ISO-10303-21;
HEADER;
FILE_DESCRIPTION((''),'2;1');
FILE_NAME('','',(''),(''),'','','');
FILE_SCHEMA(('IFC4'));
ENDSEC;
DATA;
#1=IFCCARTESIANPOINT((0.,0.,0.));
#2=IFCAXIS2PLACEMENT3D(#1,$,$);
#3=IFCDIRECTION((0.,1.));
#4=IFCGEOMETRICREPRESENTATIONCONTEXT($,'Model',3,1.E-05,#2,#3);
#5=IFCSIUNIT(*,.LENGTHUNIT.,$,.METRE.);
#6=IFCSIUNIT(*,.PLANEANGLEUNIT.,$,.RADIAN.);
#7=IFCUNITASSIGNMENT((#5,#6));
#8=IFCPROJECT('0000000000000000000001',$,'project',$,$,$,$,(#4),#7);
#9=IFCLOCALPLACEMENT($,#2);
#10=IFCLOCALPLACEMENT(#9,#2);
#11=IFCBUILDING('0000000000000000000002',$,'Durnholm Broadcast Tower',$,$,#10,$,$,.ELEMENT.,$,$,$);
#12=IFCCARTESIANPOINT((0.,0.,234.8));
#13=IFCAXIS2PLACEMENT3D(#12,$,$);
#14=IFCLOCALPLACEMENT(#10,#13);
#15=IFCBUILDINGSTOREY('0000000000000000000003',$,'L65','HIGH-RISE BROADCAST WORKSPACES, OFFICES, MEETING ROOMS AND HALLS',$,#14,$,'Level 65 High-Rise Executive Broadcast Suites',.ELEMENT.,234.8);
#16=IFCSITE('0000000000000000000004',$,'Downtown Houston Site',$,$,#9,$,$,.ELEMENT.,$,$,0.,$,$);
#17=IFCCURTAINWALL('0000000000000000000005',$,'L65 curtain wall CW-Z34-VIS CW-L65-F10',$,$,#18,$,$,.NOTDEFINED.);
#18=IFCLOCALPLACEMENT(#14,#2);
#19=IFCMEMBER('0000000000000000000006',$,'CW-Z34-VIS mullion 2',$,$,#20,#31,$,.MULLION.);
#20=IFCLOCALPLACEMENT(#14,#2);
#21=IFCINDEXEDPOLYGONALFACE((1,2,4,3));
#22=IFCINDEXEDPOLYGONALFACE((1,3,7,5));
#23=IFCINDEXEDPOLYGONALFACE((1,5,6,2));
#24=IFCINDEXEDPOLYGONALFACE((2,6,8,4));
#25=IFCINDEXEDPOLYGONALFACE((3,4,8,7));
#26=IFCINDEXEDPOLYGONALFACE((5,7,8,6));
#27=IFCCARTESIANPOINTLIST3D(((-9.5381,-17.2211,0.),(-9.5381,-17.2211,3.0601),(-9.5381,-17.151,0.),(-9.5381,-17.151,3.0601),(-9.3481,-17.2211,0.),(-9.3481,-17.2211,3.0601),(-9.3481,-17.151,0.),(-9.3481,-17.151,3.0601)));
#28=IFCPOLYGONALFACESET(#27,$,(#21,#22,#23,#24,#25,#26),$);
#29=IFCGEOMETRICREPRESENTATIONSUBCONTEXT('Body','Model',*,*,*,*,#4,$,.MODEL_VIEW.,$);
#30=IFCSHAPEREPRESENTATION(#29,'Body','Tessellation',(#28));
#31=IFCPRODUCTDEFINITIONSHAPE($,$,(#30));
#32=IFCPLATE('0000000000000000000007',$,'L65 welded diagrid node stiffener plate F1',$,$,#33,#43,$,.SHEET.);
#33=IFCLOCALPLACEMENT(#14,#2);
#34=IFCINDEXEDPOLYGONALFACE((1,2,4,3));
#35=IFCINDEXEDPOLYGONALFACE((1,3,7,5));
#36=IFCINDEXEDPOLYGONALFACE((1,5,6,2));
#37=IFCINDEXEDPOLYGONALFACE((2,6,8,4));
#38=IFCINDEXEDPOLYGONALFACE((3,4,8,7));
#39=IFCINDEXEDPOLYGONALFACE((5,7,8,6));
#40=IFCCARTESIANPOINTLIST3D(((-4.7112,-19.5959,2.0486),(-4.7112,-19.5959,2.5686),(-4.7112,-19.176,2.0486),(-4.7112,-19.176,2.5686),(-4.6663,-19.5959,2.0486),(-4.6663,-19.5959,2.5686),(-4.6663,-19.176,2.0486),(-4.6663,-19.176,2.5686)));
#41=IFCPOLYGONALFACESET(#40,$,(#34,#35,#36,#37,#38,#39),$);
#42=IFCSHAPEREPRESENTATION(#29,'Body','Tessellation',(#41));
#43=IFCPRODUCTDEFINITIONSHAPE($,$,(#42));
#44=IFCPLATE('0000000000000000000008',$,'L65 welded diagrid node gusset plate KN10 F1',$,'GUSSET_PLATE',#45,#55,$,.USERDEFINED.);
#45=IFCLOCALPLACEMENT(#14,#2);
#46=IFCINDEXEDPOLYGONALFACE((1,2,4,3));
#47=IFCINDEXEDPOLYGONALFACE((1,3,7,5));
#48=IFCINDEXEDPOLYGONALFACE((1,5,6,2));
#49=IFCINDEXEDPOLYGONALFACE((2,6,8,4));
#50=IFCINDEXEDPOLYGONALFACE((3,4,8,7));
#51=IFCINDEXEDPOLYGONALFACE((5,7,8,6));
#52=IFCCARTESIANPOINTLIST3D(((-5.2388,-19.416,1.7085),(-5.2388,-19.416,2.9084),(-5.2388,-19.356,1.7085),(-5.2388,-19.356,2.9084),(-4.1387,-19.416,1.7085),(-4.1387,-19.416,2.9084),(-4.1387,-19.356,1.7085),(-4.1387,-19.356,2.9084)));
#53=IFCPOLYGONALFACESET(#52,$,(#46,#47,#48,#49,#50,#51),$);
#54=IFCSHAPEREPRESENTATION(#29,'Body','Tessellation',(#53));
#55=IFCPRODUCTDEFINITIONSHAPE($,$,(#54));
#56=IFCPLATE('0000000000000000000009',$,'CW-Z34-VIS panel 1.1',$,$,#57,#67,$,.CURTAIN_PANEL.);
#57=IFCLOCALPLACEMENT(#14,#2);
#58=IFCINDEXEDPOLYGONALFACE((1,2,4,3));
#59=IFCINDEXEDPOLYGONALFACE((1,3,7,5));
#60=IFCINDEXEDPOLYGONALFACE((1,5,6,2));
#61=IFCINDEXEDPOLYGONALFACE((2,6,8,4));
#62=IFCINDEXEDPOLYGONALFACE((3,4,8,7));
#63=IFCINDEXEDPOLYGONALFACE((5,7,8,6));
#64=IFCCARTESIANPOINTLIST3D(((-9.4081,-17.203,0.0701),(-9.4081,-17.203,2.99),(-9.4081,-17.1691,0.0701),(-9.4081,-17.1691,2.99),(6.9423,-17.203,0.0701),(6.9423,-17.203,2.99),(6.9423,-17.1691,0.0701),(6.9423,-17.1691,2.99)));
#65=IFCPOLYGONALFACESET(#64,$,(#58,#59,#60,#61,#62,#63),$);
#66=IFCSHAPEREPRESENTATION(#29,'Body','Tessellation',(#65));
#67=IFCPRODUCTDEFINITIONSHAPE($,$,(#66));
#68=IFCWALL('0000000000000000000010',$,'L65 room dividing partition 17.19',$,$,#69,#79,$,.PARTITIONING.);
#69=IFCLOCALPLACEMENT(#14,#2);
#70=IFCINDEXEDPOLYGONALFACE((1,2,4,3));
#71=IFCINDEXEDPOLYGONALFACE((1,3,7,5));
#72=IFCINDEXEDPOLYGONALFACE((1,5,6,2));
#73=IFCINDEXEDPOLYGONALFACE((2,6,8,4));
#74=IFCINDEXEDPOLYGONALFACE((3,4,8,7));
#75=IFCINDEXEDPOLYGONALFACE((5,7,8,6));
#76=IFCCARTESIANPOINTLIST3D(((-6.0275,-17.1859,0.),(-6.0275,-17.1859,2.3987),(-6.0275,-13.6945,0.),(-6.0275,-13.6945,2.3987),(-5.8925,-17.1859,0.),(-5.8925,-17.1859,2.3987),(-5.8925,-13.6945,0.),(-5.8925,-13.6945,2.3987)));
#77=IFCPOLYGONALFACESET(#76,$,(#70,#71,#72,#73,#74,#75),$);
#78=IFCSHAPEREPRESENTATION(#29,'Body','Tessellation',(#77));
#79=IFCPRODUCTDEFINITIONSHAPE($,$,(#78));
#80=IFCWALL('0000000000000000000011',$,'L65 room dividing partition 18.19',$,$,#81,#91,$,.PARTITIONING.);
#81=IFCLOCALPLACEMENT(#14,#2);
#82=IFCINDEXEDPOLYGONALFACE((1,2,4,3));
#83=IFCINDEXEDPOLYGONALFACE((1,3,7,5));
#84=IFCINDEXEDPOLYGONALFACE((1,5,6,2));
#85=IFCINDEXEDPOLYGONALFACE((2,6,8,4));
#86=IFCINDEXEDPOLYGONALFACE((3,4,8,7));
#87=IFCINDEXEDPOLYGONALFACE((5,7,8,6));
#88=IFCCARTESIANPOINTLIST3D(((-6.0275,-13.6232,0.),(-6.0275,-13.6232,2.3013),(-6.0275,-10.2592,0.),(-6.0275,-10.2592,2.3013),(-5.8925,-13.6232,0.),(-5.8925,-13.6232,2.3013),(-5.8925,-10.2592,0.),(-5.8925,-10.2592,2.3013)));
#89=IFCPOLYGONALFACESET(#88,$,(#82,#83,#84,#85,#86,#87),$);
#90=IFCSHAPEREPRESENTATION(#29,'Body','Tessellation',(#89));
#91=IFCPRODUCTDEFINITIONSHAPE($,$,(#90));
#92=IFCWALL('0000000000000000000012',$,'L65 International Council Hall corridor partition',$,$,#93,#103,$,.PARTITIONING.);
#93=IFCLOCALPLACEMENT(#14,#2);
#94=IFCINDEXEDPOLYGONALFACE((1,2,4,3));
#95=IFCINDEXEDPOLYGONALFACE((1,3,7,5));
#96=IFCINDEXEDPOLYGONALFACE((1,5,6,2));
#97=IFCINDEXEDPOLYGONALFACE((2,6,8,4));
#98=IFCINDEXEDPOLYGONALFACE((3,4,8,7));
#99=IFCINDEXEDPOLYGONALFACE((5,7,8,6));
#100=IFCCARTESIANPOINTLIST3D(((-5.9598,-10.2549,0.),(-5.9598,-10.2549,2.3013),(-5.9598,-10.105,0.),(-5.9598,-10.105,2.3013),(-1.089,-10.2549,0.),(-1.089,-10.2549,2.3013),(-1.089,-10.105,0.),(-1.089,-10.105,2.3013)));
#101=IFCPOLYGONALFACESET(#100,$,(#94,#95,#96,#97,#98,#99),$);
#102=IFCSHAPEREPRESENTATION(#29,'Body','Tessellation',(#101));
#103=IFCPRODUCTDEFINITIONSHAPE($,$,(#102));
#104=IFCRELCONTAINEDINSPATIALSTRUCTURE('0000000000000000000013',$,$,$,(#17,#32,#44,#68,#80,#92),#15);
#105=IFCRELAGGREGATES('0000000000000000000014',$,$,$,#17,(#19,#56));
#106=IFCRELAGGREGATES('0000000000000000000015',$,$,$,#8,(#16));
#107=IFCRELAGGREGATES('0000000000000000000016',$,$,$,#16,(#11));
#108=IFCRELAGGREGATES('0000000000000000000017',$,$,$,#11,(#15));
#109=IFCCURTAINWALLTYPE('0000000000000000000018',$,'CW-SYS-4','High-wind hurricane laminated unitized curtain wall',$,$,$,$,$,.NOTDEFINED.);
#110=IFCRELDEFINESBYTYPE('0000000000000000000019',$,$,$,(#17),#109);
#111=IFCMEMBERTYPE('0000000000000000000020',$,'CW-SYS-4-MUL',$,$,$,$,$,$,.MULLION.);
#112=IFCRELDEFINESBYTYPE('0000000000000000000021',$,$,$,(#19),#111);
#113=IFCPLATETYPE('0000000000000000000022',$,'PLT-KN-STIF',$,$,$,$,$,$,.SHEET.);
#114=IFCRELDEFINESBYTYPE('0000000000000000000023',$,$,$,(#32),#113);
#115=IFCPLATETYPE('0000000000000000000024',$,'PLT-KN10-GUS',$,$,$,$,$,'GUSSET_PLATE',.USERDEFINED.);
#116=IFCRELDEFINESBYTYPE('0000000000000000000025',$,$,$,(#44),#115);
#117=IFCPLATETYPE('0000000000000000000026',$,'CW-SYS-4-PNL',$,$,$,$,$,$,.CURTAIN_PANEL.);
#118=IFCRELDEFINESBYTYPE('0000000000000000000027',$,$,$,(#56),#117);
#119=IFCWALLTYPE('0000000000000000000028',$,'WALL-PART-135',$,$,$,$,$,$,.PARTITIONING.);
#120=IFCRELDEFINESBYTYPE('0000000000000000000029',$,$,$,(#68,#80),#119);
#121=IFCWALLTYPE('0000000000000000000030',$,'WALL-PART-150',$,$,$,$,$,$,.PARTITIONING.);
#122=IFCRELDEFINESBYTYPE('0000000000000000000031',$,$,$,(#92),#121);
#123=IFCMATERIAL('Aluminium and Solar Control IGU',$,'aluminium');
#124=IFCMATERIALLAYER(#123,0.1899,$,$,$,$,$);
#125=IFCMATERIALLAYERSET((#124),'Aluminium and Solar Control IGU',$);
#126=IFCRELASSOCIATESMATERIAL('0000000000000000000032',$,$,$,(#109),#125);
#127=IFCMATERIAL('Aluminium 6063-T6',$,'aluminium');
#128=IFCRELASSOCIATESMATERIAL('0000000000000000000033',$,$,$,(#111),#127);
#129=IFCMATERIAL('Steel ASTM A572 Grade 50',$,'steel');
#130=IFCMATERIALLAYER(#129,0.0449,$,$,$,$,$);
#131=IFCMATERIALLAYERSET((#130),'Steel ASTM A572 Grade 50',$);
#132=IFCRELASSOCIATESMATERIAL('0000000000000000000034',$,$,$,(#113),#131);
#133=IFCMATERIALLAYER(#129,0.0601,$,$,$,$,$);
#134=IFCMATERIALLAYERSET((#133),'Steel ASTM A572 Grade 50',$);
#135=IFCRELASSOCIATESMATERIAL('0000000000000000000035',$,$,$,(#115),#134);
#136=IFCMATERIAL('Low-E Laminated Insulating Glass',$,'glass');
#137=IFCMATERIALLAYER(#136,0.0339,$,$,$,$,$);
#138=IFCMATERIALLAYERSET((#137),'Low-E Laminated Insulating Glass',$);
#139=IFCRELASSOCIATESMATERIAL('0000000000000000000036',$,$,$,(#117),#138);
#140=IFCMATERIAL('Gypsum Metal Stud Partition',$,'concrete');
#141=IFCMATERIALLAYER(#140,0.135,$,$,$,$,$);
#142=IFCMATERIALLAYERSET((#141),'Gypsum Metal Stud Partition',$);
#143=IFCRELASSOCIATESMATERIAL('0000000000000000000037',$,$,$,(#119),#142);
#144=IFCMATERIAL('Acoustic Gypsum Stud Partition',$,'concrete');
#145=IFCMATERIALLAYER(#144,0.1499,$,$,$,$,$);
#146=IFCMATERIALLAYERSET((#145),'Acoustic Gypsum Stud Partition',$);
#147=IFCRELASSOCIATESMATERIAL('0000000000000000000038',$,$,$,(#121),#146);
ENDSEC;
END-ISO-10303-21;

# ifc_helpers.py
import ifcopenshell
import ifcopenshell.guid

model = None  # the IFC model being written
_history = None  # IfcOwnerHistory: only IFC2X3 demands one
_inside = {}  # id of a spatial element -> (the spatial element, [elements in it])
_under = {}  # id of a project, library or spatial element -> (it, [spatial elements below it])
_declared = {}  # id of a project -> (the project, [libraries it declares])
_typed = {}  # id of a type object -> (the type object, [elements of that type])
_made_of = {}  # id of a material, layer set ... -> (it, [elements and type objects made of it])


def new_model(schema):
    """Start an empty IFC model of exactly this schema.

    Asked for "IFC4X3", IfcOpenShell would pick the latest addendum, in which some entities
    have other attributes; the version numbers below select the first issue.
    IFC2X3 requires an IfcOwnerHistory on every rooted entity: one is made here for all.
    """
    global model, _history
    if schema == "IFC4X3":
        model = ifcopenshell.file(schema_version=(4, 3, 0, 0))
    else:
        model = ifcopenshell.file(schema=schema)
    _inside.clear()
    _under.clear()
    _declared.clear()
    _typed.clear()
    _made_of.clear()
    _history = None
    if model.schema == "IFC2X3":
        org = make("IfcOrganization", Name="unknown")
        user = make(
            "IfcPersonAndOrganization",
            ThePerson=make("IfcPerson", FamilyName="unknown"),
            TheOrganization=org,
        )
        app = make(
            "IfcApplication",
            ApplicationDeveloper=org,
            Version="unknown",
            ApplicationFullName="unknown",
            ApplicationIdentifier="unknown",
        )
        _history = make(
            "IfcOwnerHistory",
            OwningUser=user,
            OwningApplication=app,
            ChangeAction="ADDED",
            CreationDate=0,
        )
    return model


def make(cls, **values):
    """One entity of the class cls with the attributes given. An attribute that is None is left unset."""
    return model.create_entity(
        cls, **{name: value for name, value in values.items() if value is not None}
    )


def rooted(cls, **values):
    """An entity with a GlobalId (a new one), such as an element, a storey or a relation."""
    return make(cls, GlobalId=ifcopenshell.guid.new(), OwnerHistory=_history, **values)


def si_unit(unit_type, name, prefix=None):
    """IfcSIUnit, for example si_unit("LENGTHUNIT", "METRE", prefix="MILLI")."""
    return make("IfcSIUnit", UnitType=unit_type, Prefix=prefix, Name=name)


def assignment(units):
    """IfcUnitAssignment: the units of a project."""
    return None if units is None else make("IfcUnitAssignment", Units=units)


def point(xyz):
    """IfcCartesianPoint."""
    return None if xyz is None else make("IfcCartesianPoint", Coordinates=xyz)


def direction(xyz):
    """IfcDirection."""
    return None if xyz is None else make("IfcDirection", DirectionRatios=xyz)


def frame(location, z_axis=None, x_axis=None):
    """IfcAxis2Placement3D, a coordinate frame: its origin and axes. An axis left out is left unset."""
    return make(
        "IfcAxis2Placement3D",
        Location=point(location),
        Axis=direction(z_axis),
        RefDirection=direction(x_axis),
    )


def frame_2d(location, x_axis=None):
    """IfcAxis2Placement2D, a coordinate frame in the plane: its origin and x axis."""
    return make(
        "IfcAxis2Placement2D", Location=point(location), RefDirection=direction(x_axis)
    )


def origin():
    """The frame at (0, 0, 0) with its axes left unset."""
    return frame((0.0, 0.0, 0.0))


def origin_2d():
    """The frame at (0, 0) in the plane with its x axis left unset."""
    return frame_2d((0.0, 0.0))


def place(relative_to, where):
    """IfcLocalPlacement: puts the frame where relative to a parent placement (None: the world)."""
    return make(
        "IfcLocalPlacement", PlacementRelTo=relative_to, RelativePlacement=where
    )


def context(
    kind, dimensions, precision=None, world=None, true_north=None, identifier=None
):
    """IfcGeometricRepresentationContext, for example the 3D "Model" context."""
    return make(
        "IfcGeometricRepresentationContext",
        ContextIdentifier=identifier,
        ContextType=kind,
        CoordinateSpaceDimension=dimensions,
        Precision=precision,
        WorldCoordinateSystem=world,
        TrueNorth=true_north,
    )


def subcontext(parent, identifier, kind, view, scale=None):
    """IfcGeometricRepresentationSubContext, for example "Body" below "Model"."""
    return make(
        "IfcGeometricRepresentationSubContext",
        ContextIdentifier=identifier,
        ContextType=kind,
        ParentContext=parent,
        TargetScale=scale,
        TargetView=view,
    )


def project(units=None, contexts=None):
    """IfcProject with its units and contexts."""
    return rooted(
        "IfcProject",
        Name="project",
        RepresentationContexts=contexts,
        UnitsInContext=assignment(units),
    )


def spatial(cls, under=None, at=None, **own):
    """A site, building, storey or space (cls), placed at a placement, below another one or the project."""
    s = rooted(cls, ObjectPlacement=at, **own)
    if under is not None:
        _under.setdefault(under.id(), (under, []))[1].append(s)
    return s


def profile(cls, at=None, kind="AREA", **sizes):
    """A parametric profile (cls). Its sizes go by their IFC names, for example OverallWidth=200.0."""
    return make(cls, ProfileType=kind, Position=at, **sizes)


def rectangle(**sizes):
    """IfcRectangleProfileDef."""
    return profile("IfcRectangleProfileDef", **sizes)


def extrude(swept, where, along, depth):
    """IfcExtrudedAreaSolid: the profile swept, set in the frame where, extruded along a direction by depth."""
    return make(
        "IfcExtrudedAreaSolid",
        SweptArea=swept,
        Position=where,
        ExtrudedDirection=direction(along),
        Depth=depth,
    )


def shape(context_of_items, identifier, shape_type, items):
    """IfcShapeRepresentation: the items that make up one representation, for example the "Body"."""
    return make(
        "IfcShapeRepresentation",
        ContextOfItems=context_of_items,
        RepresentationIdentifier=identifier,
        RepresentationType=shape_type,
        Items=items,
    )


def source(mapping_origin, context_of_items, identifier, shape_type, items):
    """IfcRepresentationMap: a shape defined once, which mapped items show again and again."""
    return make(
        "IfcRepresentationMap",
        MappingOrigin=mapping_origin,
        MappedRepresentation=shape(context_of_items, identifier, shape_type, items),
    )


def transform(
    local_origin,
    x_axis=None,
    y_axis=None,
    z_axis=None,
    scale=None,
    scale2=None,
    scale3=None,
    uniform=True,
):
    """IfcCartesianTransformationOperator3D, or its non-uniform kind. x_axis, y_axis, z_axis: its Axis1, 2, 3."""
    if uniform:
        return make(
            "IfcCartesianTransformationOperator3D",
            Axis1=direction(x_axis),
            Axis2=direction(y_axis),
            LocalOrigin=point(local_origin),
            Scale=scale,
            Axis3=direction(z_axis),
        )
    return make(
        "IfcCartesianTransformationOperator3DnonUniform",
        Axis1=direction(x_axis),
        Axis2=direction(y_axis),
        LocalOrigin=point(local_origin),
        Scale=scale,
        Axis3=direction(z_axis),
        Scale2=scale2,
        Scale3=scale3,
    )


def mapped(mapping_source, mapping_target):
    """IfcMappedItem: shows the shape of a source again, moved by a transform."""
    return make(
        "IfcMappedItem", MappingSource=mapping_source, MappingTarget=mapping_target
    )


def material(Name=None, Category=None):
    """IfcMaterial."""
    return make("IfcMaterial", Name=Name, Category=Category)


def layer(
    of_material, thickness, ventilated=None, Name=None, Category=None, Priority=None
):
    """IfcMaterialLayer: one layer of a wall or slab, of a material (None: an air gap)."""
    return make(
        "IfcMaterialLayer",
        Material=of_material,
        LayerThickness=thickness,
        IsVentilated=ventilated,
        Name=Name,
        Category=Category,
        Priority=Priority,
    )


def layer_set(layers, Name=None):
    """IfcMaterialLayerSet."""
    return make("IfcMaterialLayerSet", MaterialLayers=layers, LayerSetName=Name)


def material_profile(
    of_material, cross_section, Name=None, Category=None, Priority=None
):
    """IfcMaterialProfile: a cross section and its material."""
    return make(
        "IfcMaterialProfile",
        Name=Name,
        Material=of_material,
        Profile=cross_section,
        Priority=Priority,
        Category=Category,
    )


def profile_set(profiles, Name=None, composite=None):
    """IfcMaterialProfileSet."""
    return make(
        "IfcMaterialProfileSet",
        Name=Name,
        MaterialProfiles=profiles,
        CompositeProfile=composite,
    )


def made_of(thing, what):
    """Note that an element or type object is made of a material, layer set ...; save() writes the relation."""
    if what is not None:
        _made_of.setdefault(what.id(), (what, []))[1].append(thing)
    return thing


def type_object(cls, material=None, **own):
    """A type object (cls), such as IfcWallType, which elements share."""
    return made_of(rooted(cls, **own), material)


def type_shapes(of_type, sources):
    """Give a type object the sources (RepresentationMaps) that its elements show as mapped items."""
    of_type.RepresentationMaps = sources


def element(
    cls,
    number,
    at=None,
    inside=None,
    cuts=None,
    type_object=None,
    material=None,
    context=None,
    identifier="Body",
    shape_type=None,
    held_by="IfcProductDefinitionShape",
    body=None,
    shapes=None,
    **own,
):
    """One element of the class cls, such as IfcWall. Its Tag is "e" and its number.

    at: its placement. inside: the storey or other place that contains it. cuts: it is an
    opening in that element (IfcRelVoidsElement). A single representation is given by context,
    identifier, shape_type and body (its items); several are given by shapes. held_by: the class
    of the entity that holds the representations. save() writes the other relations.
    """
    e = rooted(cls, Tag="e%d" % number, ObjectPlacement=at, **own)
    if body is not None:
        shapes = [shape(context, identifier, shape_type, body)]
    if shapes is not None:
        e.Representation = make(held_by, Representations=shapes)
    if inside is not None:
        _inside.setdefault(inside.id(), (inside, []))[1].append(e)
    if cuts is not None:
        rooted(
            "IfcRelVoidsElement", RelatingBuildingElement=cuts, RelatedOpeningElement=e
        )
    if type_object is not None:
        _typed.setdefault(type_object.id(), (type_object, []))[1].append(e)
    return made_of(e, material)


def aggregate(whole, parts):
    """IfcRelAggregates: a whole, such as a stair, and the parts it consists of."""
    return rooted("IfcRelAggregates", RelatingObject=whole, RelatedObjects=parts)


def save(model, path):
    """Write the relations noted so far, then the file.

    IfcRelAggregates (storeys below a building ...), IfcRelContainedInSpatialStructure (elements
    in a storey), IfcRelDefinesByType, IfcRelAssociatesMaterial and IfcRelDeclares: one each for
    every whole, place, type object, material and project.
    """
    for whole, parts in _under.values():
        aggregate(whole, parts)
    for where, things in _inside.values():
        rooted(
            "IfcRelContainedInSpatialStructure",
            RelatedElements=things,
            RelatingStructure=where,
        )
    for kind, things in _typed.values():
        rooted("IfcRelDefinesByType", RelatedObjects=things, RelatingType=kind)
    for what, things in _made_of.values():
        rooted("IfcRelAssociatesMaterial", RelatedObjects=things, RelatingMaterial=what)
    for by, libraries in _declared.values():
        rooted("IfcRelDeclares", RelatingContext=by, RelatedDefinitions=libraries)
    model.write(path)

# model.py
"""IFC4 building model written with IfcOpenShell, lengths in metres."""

from ifc_helpers import new_model, si_unit, direction, frame, frame_2d, origin, origin_2d, place, context, subcontext, project, spatial, rectangle, extrude, source, transform, mapped, material, layer, layer_set, material_profile, profile_set, type_object, type_shapes, element, aggregate, save


model = new_model("IFC4")

# Units and contexts
model_context = context("Model", 3, precision=1e-05, world=origin(), true_north=direction((0.0, 1.0)))
body_context = subcontext(model_context, "Body", "Model", "MODEL_VIEW")
ifc_project = project(units=[si_unit("LENGTHUNIT", "METRE"), si_unit("PLANEANGLEUNIT", "RADIAN")], contexts=[model_context])

# Site, building, storey
site_placement = place(None, origin())
site = spatial("IfcSite", under=ifc_project, at=site_placement, Name="Downtown Houston Site", CompositionType="ELEMENT", RefElevation=0.0)
building_placement = place(site_placement, origin())
building = spatial("IfcBuilding", under=site, at=building_placement, Name="Durnholm Broadcast Tower", CompositionType="ELEMENT")
storey_placement = place(building_placement, frame((0.0, 0.0, 234.8)))
storey = spatial("IfcBuildingStorey", under=building, at=storey_placement, Name="L65", Description="HIGH-RISE BROADCAST WORKSPACES, OFFICES, MEETING ROOMS AND HALLS", LongName="Level 65 High-Rise Executive Broadcast Suites", CompositionType="ELEMENT", Elevation=234.8)

# Shared definitions
ifc_material_1 = material(Name="Aluminium and Solar Control IGU", Category="aluminium")
ifc_material_2 = material(Name="Aluminium 6063-T6", Category="aluminium")

# Curtain wall, member
ifc_layer_1 = layer(ifc_material_1, 0.1899)
ifc_layer_set_1 = layer_set([ifc_layer_1], Name="Aluminium and Solar Control IGU")
curtain_wall_type_1 = type_object("IfcCurtainWallType", Name="CW-SYS-4", Description="High-wind hurricane laminated unitized curtain wall", PredefinedType="NOTDEFINED", material=ifc_layer_set_1)
curtain_wall_1_placement = place(storey_placement, origin())
curtain_wall_1 = element("IfcCurtainWall", 1, at=curtain_wall_1_placement, inside=storey, type_object=curtain_wall_type_1, Name="L65 curtain wall CW-Z34-VIS CW-L65-F10", PredefinedType="NOTDEFINED")
ifc_material_profile_1 = material_profile(ifc_material_2, rectangle(XDim=0.0701, YDim=0.1899, at=origin_2d()), Name="CWM70X190")
ifc_profile_set_1 = profile_set([ifc_material_profile_1], Name="Aluminium 6063-T6")
member_type_1 = type_object("IfcMemberType", Name="CW-SYS-4-MUL", PredefinedType="MULLION", material=ifc_profile_set_1)
shared_shape_1 = source(origin(), body_context, "Body", "SweptSolid", [
    extrude(rectangle(XDim=0.0701, YDim=0.1899, at=origin_2d()), origin(), (0.0, 0.0, 1.0), 3.0601),
])
type_shapes(member_type_1, [shared_shape_1])
member_1_placement = place(storey_placement, frame((-9.4431, -17.186, 0.0), z_axis=(0.0, 0.0, 1.0), x_axis=(0.0, -1.0, 0.0)))
member_1 = element("IfcMember", 2, at=member_1_placement, type_object=member_type_1, Name="CW-Z34-VIS mullion 2", PredefinedType="MULLION", context=body_context, shape_type="MappedRepresentation", body=[
    mapped(shared_shape_1, transform((0.0, 0.0, 0.0), x_axis=(1.0, 0.0, 0.0), y_axis=(0.0, 1.0, 0.0), z_axis=(0.0, 0.0, 1.0), scale=1.0)),
])

# Plates
ifc_material_3 = material(Name="Steel ASTM A572 Grade 50", Category="steel")
ifc_layer_2 = layer(ifc_material_3, 0.0449)
ifc_layer_set_2 = layer_set([ifc_layer_2], Name="Steel ASTM A572 Grade 50")
plate_type_1 = type_object("IfcPlateType", Name="PLT-KN-STIF", PredefinedType="SHEET", material=ifc_layer_set_2)
shared_shape_2 = source(origin(), body_context, "Body", "SweptSolid", [
    extrude(rectangle(XDim=0.0449, YDim=0.4199, at=origin_2d()), origin(), (0.0, 0.0, 1.0), 0.52),
])
type_shapes(plate_type_1, [shared_shape_2])
plate_1_placement = place(storey_placement, frame((-4.6887, -19.386, 2.0486), z_axis=(0.0, 0.0, 1.0), x_axis=(1.0, 0.0, 0.0)))
element("IfcPlate", 3, at=plate_1_placement, inside=storey, type_object=plate_type_1, Name="L65 welded diagrid node stiffener plate F1", PredefinedType="SHEET", context=body_context, shape_type="MappedRepresentation", body=[
    mapped(shared_shape_2, transform((0.0, 0.0, 0.0), x_axis=(1.0, 0.0, 0.0), y_axis=(0.0, 1.0, 0.0), z_axis=(0.0, 0.0, 1.0), scale=1.0)),
])
ifc_layer_3 = layer(ifc_material_3, 0.0601)
ifc_layer_set_3 = layer_set([ifc_layer_3], Name="Steel ASTM A572 Grade 50")
plate_type_2 = type_object("IfcPlateType", Name="PLT-KN10-GUS", ElementType="GUSSET_PLATE", PredefinedType="USERDEFINED", material=ifc_layer_set_3)
shared_shape_3 = source(origin(), body_context, "Body", "SweptSolid", [
    extrude(rectangle(XDim=1.1001, YDim=0.0601, at=origin_2d()), origin(), (0.0, 0.0, 1.0), 1.2),
])
type_shapes(plate_type_2, [shared_shape_3])
plate_2_placement = place(storey_placement, frame((-4.6887, -19.386, 1.7085), z_axis=(0.0, 0.0, 1.0), x_axis=(1.0, 0.0, 0.0)))
element("IfcPlate", 4, at=plate_2_placement, inside=storey, type_object=plate_type_2, Name="L65 welded diagrid node gusset plate KN10 F1", ObjectType="GUSSET_PLATE", PredefinedType="USERDEFINED", context=body_context, shape_type="MappedRepresentation", body=[
    mapped(shared_shape_3, transform((0.0, 0.0, 0.0), x_axis=(1.0, 0.0, 0.0), y_axis=(0.0, 1.0, 0.0), z_axis=(0.0, 0.0, 1.0), scale=1.0)),
])

# Plate
ifc_material_4 = material(Name="Low-E Laminated Insulating Glass", Category="glass")
ifc_layer_4 = layer(ifc_material_4, 0.0339)
ifc_layer_set_4 = layer_set([ifc_layer_4], Name="Low-E Laminated Insulating Glass")
plate_type_3 = type_object("IfcPlateType", Name="CW-SYS-4-PNL", PredefinedType="CURTAIN_PANEL", material=ifc_layer_set_4)
shared_shape_4 = source(origin(), body_context, "Body", "SweptSolid", [
    extrude(rectangle(XDim=16.3503, YDim=0.0339, at=origin_2d()), origin(), (0.0, 0.0, 1.0), 2.9199),
])
type_shapes(plate_type_3, [shared_shape_4])
plate_3_placement = place(storey_placement, frame((-1.2329, -17.186, 0.0701), z_axis=(0.0, 0.0, 1.0), x_axis=(-1.0, 0.0, 0.0)))
plate_3 = element("IfcPlate", 5, at=plate_3_placement, type_object=plate_type_3, Name="CW-Z34-VIS panel 1.1", PredefinedType="CURTAIN_PANEL", context=body_context, shape_type="MappedRepresentation", body=[
    mapped(shared_shape_4, transform((0.0, 0.0, 0.0), x_axis=(1.0, 0.0, 0.0), y_axis=(0.0, 1.0, 0.0), z_axis=(0.0, 0.0, 1.0), scale=1.0)),
])
aggregate(curtain_wall_1, [member_1, plate_3])

# Walls
ifc_material_5 = material(Name="Gypsum Metal Stud Partition", Category="concrete")
ifc_layer_5 = layer(ifc_material_5, 0.135)
ifc_layer_set_5 = layer_set([ifc_layer_5], Name="Gypsum Metal Stud Partition")
wall_type_1 = type_object("IfcWallType", Name="WALL-PART-135", PredefinedType="PARTITIONING", material=ifc_layer_set_5)
wall_1_placement = place(storey_placement, frame((-5.96, -13.6946, 0.0), z_axis=(0.0, 0.0, 1.0), x_axis=(0.0, -1.0, 0.0)))
element("IfcWall", 6, at=wall_1_placement, inside=storey, type_object=wall_type_1, Name="L65 room dividing partition 17.19", PredefinedType="PARTITIONING", context=body_context, shape_type="SweptSolid", body=[
    extrude(rectangle(XDim=3.4915, YDim=0.135, at=frame_2d((1.7456, 0.0))), origin(), (0.0, 0.0, 1.0), 2.3987),
])
wall_2_placement = place(storey_placement, frame((-5.96, -10.259, 0.0), z_axis=(0.0, 0.0, 1.0), x_axis=(0.0, -1.0, 0.0)))
element("IfcWall", 7, at=wall_2_placement, inside=storey, type_object=wall_type_1, Name="L65 room dividing partition 18.19", PredefinedType="PARTITIONING", context=body_context, shape_type="SweptSolid", body=[
    extrude(rectangle(XDim=3.364, YDim=0.135, at=frame_2d((1.6821, 0.0))), origin(), (0.0, 0.0, 1.0), 2.3013),
])

# Shared definitions
ifc_material_6 = material(Name="Acoustic Gypsum Stud Partition", Category="concrete")
ifc_layer_6 = layer(ifc_material_6, 0.1499)
ifc_layer_set_6 = layer_set([ifc_layer_6], Name="Acoustic Gypsum Stud Partition")
wall_type_2 = type_object("IfcWallType", Name="WALL-PART-150", PredefinedType="PARTITIONING", material=ifc_layer_set_6)

# Wall
wall_3_placement = place(storey_placement, frame((-5.96, -10.1799, 0.0), z_axis=(0.0, 0.0, 1.0), x_axis=(1.0, 0.0, 0.0)))
element("IfcWall", 8, at=wall_3_placement, inside=storey, type_object=wall_type_2, Name="L65 International Council Hall corridor partition", PredefinedType="PARTITIONING", context=body_context, shape_type="SweptSolid", body=[
    extrude(rectangle(XDim=4.8708, YDim=0.1499, at=frame_2d((2.4355, 0.0))), origin(), (0.0, 0.0, 1.0), 2.3013),
])

save(model, "model.ifc")
